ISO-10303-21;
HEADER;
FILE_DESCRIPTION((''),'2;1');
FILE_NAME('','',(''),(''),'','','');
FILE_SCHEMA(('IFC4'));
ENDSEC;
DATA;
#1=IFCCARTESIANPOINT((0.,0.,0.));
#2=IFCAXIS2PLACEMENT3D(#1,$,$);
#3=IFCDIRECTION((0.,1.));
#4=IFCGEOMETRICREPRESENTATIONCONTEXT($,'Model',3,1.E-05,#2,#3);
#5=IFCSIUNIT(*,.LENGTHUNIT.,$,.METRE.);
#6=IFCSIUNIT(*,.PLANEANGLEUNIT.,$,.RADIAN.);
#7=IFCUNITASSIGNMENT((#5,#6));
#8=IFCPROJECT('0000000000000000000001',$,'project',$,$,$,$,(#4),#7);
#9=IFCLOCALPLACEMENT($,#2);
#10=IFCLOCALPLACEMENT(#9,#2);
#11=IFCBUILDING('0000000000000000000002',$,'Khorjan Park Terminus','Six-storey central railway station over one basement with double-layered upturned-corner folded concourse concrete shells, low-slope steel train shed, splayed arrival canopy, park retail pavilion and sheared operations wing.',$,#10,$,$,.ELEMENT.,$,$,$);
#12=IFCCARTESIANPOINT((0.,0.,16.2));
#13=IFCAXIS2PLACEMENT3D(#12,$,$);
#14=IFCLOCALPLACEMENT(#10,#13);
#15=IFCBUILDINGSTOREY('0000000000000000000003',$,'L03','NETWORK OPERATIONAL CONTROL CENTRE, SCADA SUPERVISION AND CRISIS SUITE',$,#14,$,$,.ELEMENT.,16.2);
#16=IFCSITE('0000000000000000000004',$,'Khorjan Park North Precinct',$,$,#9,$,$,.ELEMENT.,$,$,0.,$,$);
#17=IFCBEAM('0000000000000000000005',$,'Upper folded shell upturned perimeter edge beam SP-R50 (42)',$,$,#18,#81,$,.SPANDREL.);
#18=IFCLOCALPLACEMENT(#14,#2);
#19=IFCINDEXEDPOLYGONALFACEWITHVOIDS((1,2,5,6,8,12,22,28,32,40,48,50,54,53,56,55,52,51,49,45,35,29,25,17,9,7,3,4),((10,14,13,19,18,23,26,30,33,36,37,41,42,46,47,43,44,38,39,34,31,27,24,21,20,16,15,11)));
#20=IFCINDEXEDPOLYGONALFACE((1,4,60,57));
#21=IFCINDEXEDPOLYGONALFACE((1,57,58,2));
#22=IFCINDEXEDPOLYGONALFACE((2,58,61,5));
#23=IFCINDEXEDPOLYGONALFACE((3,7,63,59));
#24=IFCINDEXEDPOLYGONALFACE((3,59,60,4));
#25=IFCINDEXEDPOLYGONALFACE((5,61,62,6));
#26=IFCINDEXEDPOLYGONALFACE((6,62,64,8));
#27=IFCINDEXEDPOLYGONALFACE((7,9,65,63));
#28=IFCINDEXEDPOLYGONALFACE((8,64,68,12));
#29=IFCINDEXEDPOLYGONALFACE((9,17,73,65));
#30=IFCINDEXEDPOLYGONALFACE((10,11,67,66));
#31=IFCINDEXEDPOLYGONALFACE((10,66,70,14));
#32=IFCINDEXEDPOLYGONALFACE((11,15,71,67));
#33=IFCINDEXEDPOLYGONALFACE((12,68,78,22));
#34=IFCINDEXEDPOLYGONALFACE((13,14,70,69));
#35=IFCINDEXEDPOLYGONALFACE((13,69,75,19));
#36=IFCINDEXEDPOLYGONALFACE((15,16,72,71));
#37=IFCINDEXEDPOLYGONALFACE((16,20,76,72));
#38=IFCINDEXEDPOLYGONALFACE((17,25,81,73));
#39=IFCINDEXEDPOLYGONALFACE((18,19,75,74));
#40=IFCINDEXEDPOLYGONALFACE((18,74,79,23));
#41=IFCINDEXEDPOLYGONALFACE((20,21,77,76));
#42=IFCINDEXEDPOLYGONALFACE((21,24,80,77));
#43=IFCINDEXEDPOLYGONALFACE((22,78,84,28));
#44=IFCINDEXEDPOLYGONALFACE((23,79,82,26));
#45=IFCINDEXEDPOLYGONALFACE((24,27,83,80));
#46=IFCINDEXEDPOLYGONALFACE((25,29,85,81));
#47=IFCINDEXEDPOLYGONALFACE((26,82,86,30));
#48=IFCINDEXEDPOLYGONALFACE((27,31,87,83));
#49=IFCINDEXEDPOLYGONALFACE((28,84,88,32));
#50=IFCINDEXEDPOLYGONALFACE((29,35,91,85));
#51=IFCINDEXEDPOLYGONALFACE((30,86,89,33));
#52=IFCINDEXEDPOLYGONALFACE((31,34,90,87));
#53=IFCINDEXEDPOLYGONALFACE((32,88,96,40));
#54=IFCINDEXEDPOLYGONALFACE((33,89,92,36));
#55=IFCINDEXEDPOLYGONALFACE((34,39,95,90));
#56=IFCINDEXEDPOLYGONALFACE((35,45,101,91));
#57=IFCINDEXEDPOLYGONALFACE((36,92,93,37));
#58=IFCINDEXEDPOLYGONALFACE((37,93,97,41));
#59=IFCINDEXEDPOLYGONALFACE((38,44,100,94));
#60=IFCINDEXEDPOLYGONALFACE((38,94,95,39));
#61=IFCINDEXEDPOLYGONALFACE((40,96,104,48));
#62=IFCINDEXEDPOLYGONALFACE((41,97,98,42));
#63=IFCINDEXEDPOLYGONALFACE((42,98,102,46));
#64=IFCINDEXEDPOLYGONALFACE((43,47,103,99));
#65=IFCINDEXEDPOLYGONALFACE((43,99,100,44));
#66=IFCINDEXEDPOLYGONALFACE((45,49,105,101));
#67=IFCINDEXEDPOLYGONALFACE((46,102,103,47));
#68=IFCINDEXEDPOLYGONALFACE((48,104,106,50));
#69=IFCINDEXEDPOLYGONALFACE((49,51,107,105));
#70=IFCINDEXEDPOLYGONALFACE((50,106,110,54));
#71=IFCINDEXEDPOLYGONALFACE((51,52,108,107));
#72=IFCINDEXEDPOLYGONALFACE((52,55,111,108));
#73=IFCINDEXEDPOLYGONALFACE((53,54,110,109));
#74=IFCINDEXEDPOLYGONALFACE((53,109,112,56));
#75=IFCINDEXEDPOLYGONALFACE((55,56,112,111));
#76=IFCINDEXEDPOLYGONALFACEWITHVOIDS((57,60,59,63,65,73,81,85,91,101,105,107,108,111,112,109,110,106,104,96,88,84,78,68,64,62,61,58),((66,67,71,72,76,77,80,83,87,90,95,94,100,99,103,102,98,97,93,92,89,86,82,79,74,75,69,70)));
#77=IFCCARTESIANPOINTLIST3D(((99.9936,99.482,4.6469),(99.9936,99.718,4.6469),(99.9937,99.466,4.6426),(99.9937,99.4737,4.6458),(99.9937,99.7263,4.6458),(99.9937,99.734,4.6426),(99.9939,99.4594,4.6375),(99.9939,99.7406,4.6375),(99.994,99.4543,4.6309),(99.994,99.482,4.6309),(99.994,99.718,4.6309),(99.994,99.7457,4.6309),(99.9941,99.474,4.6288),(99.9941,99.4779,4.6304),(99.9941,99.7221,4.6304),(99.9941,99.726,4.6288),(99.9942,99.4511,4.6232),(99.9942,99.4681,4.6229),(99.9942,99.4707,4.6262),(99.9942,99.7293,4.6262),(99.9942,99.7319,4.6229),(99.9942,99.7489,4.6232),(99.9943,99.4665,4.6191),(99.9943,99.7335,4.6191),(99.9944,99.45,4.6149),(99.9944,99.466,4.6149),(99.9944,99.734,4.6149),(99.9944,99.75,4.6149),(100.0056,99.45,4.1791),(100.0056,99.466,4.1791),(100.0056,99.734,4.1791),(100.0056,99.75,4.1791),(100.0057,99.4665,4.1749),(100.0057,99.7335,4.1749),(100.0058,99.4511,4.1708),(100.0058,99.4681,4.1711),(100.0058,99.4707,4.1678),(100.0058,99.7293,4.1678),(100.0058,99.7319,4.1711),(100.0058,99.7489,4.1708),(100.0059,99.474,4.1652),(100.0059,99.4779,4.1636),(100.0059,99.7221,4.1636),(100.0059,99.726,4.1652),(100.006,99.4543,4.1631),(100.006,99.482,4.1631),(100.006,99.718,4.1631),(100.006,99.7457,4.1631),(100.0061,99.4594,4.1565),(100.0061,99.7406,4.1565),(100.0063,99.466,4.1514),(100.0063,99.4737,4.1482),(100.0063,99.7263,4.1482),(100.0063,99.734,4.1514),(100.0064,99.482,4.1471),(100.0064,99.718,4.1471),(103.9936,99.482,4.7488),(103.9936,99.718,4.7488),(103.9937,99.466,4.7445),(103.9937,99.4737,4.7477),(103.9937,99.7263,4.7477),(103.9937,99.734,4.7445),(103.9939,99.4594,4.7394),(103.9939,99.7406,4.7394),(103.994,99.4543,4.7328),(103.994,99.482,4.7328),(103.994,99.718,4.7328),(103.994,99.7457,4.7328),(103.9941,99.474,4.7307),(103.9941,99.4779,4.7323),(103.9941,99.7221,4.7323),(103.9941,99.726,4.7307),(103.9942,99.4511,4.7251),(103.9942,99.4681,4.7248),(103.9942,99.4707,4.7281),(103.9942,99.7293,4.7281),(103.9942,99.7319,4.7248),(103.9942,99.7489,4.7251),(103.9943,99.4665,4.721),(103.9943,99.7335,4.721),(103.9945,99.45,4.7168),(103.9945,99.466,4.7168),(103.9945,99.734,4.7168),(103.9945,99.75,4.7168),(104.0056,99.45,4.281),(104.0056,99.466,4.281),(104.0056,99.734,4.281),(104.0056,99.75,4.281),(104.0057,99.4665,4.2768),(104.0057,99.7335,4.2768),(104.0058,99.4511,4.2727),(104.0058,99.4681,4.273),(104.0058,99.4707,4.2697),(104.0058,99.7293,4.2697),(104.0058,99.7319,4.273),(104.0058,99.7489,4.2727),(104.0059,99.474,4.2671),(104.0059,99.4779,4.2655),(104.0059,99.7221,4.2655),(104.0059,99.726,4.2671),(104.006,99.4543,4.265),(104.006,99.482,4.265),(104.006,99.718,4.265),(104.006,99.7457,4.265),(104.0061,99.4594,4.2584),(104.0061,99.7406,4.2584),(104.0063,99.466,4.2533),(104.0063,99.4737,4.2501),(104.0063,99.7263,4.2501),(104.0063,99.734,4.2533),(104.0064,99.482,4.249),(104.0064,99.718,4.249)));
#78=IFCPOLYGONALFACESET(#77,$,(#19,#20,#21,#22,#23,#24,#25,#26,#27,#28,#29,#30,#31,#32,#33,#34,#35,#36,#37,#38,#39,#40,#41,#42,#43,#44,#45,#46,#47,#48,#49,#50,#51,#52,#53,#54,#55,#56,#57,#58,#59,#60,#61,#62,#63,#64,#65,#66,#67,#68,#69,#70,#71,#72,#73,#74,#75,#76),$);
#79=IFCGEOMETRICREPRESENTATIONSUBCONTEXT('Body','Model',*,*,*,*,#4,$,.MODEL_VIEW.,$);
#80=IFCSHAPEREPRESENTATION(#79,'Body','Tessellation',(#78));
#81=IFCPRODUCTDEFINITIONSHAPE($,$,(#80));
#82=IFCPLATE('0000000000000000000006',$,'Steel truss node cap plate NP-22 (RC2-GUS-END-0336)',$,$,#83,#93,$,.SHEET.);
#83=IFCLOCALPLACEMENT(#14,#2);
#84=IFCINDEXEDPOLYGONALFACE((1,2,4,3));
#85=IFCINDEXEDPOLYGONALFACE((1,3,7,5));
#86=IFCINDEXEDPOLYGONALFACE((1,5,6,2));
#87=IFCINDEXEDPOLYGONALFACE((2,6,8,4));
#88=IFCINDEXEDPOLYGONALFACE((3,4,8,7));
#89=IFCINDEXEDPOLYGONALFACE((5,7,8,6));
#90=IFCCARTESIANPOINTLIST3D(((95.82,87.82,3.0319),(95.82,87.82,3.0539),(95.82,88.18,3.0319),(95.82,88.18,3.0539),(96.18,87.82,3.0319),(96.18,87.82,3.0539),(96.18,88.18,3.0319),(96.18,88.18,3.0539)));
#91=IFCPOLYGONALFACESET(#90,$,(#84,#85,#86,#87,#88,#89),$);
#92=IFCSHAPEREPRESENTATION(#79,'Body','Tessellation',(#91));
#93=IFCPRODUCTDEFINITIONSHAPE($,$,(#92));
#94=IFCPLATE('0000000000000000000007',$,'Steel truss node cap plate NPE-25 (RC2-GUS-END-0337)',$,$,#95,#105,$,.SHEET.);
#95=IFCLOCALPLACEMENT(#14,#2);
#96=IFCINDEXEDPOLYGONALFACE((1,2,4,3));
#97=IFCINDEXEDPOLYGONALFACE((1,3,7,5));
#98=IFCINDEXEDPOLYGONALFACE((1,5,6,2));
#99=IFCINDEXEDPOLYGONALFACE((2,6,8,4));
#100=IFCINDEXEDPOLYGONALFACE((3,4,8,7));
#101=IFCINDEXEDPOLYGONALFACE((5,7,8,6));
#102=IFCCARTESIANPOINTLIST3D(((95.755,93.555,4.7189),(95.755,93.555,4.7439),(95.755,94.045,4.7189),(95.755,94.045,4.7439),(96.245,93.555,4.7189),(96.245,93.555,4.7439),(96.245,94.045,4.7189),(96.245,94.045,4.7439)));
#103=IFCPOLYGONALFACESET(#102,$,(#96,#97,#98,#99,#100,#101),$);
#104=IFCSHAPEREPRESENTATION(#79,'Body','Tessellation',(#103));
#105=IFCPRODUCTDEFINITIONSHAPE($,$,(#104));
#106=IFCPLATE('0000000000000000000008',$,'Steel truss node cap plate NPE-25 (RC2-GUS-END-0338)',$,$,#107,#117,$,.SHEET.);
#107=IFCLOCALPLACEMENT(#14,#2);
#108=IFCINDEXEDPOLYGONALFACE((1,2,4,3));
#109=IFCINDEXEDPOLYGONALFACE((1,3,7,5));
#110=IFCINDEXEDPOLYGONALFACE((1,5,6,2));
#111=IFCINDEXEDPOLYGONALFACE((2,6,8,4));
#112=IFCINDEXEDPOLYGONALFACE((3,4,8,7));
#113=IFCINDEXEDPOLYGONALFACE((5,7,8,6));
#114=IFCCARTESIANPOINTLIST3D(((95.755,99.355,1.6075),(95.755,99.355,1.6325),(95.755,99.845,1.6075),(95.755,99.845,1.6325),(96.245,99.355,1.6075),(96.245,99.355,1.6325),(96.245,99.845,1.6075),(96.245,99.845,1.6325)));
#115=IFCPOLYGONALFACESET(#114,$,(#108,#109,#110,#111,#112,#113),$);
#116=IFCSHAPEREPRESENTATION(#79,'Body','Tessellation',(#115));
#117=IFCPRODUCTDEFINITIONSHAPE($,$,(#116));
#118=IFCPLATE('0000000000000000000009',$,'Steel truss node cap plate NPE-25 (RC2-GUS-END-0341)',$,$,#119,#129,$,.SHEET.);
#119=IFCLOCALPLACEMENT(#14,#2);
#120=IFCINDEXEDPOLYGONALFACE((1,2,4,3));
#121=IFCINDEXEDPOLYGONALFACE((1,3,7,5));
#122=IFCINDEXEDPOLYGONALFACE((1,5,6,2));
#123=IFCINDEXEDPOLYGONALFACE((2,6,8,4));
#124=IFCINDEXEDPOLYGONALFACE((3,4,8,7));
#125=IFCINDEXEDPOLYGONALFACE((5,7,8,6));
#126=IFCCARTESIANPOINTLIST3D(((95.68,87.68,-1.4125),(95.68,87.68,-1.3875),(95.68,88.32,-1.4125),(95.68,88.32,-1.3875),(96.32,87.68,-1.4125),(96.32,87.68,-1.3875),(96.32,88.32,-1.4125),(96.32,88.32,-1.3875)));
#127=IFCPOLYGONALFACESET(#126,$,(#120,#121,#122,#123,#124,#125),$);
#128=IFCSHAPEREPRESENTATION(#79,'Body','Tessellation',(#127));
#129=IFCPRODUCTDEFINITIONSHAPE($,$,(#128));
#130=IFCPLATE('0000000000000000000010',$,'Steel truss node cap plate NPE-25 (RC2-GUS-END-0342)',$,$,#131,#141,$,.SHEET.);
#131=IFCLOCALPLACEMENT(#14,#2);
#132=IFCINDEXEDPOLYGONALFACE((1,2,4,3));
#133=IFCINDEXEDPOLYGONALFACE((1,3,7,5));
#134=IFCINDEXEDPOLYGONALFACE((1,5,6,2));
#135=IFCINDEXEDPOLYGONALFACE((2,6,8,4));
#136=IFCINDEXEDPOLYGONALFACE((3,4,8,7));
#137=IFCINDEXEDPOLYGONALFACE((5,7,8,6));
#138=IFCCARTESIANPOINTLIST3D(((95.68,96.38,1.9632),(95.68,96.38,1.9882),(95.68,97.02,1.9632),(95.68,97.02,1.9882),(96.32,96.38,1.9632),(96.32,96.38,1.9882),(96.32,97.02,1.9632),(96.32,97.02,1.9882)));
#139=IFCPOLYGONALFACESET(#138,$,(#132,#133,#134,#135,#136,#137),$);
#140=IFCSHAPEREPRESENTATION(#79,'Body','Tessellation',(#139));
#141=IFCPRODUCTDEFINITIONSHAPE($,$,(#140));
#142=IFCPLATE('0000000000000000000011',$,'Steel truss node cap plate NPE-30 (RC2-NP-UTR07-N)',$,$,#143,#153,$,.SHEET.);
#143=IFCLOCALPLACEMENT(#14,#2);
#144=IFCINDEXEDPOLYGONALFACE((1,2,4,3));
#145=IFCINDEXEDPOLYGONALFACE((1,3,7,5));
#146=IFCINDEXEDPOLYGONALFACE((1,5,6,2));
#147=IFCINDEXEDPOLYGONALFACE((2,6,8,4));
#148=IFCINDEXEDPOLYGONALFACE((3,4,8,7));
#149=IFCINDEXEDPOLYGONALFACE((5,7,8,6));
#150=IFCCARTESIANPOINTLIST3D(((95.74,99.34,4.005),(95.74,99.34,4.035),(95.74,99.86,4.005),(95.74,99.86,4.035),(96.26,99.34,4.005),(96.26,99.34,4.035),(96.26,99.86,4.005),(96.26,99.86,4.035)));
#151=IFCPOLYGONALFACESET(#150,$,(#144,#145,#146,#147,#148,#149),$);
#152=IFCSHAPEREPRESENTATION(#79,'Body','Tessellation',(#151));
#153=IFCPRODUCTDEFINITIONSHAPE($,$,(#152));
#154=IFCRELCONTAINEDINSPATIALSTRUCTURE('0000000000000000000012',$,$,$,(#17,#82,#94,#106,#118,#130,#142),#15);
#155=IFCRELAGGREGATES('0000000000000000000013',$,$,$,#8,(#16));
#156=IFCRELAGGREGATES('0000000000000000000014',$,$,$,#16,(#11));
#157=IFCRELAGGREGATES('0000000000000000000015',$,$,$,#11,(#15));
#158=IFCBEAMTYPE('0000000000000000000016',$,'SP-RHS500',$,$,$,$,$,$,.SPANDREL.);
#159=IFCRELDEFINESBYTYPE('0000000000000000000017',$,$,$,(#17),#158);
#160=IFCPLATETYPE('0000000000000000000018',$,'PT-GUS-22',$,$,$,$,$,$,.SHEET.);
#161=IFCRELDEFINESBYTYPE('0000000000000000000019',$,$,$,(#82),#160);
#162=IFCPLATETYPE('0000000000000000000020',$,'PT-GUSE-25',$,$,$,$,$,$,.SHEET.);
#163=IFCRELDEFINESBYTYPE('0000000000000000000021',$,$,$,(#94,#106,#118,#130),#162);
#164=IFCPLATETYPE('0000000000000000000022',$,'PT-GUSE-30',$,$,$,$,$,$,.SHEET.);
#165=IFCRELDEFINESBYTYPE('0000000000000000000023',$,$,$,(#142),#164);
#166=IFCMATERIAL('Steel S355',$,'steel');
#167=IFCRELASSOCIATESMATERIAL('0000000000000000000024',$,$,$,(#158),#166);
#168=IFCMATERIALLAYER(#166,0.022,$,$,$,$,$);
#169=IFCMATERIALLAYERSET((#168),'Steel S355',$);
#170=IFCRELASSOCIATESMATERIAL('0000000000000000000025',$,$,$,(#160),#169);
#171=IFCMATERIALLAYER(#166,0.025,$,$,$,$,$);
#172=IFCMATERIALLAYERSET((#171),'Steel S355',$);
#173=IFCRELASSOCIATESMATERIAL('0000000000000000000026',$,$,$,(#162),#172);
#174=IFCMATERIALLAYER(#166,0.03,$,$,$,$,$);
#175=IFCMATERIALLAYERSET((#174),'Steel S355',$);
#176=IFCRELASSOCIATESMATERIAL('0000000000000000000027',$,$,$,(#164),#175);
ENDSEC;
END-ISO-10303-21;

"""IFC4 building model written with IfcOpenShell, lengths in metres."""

from ifc_helpers import new_model, si_unit, direction, frame, origin, origin_2d, place, context, subcontext, project, spatial, rectangle, hollow_rectangle, extrude, material, layer, layer_set, material_profile, profile_set, type_object, element, save


model = new_model("IFC4")

# Units and contexts
model_context = context("Model", 3, precision=1e-05, world=origin(), true_north=direction((0.0, 1.0)))
body_context = subcontext(model_context, "Body", "Model", "MODEL_VIEW")
ifc_project = project(units=[si_unit("LENGTHUNIT", "METRE"), si_unit("PLANEANGLEUNIT", "RADIAN")], contexts=[model_context])

# Site, building, storey
site_placement = place(None, origin())
site = spatial("IfcSite", under=ifc_project, at=site_placement, Name="Khorjan Park North Precinct", CompositionType="ELEMENT", RefElevation=0.0)
building_placement = place(site_placement, origin())
building = spatial("IfcBuilding", under=site, at=building_placement, Name="Khorjan Park Terminus", Description="Six-storey central railway station over one basement with double-layered upturned-corner folded concourse concrete shells, low-slope steel train shed, splayed arrival canopy, park retail pavilion and sheared operations wing.", CompositionType="ELEMENT")
storey_placement = place(building_placement, frame((0.0, 0.0, 16.2)))
storey = spatial("IfcBuildingStorey", under=building, at=storey_placement, Name="L03", Description="NETWORK OPERATIONAL CONTROL CENTRE, SCADA SUPERVISION AND CRISIS SUITE", CompositionType="ELEMENT", Elevation=16.2)

# Shared definitions
ifc_material_1 = material(Name="Steel S355", Category="steel")

# Beam
ifc_material_profile_1 = material_profile(ifc_material_1, hollow_rectangle(XDim=0.3, YDim=0.5, WallThickness=0.016, InnerFilletRadius=0.016, OuterFilletRadius=0.032, at=origin_2d()), Name="RHS 500x300x16")
ifc_profile_set_1 = profile_set([ifc_material_profile_1], Name="Steel S355")
beam_type_1 = type_object("IfcBeamType", Name="SP-RHS500", PredefinedType="SPANDREL", material=ifc_profile_set_1)
beam_1_placement = place(storey_placement, frame((100.0, 99.6, 4.397), z_axis=(0.999676, 0.0, 0.025467), x_axis=(0.0, 1.0, 0.0)))
element("IfcBeam", 1, at=beam_1_placement, inside=storey, type_object=beam_type_1, Name="Upper folded shell upturned perimeter edge beam SP-R50 (42)", PredefinedType="SPANDREL", context=body_context, shape_type="SweptSolid", body=[
    extrude(hollow_rectangle(XDim=0.3, YDim=0.5, WallThickness=0.016, InnerFilletRadius=0.016, OuterFilletRadius=0.032, at=origin_2d()), origin(), (0.0, 0.0, 1.0), 4.0013),
])

# Plates
ifc_layer_1 = layer(ifc_material_1, 0.022)
ifc_layer_set_1 = layer_set([ifc_layer_1], Name="Steel S355")
plate_type_1 = type_object("IfcPlateType", Name="PT-GUS-22", PredefinedType="SHEET", material=ifc_layer_set_1)
plate_1_placement = place(storey_placement, frame((96.0, 88.0, 3.0319), z_axis=(0.0, 0.0, 1.0), x_axis=(1.0, 0.0, 0.0)))
element("IfcPlate", 2, at=plate_1_placement, inside=storey, type_object=plate_type_1, Name="Steel truss node cap plate NP-22 (RC2-GUS-END-0336)", PredefinedType="SHEET", context=body_context, shape_type="SweptSolid", body=[
    extrude(rectangle(XDim=0.36, YDim=0.36, at=origin_2d()), origin(), (0.0, 0.0, 1.0), 0.022),
])
ifc_layer_2 = layer(ifc_material_1, 0.025)
ifc_layer_set_2 = layer_set([ifc_layer_2], Name="Steel S355")
plate_type_2 = type_object("IfcPlateType", Name="PT-GUSE-25", PredefinedType="SHEET", material=ifc_layer_set_2)
for number, where, z_axis, x_axis, name in (
    (3, (96.0, 93.8, 4.7189), (0.0, 0.0, 1.0), (1.0, 0.0, 0.0), "Steel truss node cap plate NPE-25 (RC2-GUS-END-0337)"),
    (4, (96.0, 99.6, 1.6075), (0.0, 0.0, 1.0), (1.0, 0.0, 0.0), "Steel truss node cap plate NPE-25 (RC2-GUS-END-0338)"),
):
    element("IfcPlate", number, at=place(storey_placement, frame(where, z_axis=z_axis, x_axis=x_axis)), inside=storey, type_object=plate_type_2, Name=name, PredefinedType="SHEET", context=body_context, shape_type="SweptSolid", body=[
        extrude(rectangle(XDim=0.49, YDim=0.49, at=origin_2d()), origin(), (0.0, 0.0, 1.0), 0.025),
    ])
for number, where, z_axis, x_axis, name in (
    (5, (96.0, 88.0, -1.4125), (0.0, 0.0, 1.0), (1.0, 0.0, 0.0), "Steel truss node cap plate NPE-25 (RC2-GUS-END-0341)"),
    (6, (96.0, 96.7, 1.9632), (0.0, 0.0, 1.0), (1.0, 0.0, 0.0), "Steel truss node cap plate NPE-25 (RC2-GUS-END-0342)"),
):
    element("IfcPlate", number, at=place(storey_placement, frame(where, z_axis=z_axis, x_axis=x_axis)), inside=storey, type_object=plate_type_2, Name=name, PredefinedType="SHEET", context=body_context, shape_type="SweptSolid", body=[
        extrude(rectangle(XDim=0.64, YDim=0.64, at=origin_2d()), origin(), (0.0, 0.0, 1.0), 0.025),
    ])
ifc_layer_3 = layer(ifc_material_1, 0.03)
ifc_layer_set_3 = layer_set([ifc_layer_3], Name="Steel S355")
plate_type_3 = type_object("IfcPlateType", Name="PT-GUSE-30", PredefinedType="SHEET", material=ifc_layer_set_3)
plate_2_placement = place(storey_placement, frame((96.0, 99.6, 4.005), z_axis=(0.0, 0.0, 1.0), x_axis=(1.0, 0.0, 0.0)))
element("IfcPlate", 7, at=plate_2_placement, inside=storey, type_object=plate_type_3, Name="Steel truss node cap plate NPE-30 (RC2-NP-UTR07-N)", PredefinedType="SHEET", context=body_context, shape_type="SweptSolid", body=[
    extrude(rectangle(XDim=0.52, YDim=0.52, at=origin_2d()), origin(), (0.0, 0.0, 1.0), 0.03),
])

save(model, "model.ifc")
